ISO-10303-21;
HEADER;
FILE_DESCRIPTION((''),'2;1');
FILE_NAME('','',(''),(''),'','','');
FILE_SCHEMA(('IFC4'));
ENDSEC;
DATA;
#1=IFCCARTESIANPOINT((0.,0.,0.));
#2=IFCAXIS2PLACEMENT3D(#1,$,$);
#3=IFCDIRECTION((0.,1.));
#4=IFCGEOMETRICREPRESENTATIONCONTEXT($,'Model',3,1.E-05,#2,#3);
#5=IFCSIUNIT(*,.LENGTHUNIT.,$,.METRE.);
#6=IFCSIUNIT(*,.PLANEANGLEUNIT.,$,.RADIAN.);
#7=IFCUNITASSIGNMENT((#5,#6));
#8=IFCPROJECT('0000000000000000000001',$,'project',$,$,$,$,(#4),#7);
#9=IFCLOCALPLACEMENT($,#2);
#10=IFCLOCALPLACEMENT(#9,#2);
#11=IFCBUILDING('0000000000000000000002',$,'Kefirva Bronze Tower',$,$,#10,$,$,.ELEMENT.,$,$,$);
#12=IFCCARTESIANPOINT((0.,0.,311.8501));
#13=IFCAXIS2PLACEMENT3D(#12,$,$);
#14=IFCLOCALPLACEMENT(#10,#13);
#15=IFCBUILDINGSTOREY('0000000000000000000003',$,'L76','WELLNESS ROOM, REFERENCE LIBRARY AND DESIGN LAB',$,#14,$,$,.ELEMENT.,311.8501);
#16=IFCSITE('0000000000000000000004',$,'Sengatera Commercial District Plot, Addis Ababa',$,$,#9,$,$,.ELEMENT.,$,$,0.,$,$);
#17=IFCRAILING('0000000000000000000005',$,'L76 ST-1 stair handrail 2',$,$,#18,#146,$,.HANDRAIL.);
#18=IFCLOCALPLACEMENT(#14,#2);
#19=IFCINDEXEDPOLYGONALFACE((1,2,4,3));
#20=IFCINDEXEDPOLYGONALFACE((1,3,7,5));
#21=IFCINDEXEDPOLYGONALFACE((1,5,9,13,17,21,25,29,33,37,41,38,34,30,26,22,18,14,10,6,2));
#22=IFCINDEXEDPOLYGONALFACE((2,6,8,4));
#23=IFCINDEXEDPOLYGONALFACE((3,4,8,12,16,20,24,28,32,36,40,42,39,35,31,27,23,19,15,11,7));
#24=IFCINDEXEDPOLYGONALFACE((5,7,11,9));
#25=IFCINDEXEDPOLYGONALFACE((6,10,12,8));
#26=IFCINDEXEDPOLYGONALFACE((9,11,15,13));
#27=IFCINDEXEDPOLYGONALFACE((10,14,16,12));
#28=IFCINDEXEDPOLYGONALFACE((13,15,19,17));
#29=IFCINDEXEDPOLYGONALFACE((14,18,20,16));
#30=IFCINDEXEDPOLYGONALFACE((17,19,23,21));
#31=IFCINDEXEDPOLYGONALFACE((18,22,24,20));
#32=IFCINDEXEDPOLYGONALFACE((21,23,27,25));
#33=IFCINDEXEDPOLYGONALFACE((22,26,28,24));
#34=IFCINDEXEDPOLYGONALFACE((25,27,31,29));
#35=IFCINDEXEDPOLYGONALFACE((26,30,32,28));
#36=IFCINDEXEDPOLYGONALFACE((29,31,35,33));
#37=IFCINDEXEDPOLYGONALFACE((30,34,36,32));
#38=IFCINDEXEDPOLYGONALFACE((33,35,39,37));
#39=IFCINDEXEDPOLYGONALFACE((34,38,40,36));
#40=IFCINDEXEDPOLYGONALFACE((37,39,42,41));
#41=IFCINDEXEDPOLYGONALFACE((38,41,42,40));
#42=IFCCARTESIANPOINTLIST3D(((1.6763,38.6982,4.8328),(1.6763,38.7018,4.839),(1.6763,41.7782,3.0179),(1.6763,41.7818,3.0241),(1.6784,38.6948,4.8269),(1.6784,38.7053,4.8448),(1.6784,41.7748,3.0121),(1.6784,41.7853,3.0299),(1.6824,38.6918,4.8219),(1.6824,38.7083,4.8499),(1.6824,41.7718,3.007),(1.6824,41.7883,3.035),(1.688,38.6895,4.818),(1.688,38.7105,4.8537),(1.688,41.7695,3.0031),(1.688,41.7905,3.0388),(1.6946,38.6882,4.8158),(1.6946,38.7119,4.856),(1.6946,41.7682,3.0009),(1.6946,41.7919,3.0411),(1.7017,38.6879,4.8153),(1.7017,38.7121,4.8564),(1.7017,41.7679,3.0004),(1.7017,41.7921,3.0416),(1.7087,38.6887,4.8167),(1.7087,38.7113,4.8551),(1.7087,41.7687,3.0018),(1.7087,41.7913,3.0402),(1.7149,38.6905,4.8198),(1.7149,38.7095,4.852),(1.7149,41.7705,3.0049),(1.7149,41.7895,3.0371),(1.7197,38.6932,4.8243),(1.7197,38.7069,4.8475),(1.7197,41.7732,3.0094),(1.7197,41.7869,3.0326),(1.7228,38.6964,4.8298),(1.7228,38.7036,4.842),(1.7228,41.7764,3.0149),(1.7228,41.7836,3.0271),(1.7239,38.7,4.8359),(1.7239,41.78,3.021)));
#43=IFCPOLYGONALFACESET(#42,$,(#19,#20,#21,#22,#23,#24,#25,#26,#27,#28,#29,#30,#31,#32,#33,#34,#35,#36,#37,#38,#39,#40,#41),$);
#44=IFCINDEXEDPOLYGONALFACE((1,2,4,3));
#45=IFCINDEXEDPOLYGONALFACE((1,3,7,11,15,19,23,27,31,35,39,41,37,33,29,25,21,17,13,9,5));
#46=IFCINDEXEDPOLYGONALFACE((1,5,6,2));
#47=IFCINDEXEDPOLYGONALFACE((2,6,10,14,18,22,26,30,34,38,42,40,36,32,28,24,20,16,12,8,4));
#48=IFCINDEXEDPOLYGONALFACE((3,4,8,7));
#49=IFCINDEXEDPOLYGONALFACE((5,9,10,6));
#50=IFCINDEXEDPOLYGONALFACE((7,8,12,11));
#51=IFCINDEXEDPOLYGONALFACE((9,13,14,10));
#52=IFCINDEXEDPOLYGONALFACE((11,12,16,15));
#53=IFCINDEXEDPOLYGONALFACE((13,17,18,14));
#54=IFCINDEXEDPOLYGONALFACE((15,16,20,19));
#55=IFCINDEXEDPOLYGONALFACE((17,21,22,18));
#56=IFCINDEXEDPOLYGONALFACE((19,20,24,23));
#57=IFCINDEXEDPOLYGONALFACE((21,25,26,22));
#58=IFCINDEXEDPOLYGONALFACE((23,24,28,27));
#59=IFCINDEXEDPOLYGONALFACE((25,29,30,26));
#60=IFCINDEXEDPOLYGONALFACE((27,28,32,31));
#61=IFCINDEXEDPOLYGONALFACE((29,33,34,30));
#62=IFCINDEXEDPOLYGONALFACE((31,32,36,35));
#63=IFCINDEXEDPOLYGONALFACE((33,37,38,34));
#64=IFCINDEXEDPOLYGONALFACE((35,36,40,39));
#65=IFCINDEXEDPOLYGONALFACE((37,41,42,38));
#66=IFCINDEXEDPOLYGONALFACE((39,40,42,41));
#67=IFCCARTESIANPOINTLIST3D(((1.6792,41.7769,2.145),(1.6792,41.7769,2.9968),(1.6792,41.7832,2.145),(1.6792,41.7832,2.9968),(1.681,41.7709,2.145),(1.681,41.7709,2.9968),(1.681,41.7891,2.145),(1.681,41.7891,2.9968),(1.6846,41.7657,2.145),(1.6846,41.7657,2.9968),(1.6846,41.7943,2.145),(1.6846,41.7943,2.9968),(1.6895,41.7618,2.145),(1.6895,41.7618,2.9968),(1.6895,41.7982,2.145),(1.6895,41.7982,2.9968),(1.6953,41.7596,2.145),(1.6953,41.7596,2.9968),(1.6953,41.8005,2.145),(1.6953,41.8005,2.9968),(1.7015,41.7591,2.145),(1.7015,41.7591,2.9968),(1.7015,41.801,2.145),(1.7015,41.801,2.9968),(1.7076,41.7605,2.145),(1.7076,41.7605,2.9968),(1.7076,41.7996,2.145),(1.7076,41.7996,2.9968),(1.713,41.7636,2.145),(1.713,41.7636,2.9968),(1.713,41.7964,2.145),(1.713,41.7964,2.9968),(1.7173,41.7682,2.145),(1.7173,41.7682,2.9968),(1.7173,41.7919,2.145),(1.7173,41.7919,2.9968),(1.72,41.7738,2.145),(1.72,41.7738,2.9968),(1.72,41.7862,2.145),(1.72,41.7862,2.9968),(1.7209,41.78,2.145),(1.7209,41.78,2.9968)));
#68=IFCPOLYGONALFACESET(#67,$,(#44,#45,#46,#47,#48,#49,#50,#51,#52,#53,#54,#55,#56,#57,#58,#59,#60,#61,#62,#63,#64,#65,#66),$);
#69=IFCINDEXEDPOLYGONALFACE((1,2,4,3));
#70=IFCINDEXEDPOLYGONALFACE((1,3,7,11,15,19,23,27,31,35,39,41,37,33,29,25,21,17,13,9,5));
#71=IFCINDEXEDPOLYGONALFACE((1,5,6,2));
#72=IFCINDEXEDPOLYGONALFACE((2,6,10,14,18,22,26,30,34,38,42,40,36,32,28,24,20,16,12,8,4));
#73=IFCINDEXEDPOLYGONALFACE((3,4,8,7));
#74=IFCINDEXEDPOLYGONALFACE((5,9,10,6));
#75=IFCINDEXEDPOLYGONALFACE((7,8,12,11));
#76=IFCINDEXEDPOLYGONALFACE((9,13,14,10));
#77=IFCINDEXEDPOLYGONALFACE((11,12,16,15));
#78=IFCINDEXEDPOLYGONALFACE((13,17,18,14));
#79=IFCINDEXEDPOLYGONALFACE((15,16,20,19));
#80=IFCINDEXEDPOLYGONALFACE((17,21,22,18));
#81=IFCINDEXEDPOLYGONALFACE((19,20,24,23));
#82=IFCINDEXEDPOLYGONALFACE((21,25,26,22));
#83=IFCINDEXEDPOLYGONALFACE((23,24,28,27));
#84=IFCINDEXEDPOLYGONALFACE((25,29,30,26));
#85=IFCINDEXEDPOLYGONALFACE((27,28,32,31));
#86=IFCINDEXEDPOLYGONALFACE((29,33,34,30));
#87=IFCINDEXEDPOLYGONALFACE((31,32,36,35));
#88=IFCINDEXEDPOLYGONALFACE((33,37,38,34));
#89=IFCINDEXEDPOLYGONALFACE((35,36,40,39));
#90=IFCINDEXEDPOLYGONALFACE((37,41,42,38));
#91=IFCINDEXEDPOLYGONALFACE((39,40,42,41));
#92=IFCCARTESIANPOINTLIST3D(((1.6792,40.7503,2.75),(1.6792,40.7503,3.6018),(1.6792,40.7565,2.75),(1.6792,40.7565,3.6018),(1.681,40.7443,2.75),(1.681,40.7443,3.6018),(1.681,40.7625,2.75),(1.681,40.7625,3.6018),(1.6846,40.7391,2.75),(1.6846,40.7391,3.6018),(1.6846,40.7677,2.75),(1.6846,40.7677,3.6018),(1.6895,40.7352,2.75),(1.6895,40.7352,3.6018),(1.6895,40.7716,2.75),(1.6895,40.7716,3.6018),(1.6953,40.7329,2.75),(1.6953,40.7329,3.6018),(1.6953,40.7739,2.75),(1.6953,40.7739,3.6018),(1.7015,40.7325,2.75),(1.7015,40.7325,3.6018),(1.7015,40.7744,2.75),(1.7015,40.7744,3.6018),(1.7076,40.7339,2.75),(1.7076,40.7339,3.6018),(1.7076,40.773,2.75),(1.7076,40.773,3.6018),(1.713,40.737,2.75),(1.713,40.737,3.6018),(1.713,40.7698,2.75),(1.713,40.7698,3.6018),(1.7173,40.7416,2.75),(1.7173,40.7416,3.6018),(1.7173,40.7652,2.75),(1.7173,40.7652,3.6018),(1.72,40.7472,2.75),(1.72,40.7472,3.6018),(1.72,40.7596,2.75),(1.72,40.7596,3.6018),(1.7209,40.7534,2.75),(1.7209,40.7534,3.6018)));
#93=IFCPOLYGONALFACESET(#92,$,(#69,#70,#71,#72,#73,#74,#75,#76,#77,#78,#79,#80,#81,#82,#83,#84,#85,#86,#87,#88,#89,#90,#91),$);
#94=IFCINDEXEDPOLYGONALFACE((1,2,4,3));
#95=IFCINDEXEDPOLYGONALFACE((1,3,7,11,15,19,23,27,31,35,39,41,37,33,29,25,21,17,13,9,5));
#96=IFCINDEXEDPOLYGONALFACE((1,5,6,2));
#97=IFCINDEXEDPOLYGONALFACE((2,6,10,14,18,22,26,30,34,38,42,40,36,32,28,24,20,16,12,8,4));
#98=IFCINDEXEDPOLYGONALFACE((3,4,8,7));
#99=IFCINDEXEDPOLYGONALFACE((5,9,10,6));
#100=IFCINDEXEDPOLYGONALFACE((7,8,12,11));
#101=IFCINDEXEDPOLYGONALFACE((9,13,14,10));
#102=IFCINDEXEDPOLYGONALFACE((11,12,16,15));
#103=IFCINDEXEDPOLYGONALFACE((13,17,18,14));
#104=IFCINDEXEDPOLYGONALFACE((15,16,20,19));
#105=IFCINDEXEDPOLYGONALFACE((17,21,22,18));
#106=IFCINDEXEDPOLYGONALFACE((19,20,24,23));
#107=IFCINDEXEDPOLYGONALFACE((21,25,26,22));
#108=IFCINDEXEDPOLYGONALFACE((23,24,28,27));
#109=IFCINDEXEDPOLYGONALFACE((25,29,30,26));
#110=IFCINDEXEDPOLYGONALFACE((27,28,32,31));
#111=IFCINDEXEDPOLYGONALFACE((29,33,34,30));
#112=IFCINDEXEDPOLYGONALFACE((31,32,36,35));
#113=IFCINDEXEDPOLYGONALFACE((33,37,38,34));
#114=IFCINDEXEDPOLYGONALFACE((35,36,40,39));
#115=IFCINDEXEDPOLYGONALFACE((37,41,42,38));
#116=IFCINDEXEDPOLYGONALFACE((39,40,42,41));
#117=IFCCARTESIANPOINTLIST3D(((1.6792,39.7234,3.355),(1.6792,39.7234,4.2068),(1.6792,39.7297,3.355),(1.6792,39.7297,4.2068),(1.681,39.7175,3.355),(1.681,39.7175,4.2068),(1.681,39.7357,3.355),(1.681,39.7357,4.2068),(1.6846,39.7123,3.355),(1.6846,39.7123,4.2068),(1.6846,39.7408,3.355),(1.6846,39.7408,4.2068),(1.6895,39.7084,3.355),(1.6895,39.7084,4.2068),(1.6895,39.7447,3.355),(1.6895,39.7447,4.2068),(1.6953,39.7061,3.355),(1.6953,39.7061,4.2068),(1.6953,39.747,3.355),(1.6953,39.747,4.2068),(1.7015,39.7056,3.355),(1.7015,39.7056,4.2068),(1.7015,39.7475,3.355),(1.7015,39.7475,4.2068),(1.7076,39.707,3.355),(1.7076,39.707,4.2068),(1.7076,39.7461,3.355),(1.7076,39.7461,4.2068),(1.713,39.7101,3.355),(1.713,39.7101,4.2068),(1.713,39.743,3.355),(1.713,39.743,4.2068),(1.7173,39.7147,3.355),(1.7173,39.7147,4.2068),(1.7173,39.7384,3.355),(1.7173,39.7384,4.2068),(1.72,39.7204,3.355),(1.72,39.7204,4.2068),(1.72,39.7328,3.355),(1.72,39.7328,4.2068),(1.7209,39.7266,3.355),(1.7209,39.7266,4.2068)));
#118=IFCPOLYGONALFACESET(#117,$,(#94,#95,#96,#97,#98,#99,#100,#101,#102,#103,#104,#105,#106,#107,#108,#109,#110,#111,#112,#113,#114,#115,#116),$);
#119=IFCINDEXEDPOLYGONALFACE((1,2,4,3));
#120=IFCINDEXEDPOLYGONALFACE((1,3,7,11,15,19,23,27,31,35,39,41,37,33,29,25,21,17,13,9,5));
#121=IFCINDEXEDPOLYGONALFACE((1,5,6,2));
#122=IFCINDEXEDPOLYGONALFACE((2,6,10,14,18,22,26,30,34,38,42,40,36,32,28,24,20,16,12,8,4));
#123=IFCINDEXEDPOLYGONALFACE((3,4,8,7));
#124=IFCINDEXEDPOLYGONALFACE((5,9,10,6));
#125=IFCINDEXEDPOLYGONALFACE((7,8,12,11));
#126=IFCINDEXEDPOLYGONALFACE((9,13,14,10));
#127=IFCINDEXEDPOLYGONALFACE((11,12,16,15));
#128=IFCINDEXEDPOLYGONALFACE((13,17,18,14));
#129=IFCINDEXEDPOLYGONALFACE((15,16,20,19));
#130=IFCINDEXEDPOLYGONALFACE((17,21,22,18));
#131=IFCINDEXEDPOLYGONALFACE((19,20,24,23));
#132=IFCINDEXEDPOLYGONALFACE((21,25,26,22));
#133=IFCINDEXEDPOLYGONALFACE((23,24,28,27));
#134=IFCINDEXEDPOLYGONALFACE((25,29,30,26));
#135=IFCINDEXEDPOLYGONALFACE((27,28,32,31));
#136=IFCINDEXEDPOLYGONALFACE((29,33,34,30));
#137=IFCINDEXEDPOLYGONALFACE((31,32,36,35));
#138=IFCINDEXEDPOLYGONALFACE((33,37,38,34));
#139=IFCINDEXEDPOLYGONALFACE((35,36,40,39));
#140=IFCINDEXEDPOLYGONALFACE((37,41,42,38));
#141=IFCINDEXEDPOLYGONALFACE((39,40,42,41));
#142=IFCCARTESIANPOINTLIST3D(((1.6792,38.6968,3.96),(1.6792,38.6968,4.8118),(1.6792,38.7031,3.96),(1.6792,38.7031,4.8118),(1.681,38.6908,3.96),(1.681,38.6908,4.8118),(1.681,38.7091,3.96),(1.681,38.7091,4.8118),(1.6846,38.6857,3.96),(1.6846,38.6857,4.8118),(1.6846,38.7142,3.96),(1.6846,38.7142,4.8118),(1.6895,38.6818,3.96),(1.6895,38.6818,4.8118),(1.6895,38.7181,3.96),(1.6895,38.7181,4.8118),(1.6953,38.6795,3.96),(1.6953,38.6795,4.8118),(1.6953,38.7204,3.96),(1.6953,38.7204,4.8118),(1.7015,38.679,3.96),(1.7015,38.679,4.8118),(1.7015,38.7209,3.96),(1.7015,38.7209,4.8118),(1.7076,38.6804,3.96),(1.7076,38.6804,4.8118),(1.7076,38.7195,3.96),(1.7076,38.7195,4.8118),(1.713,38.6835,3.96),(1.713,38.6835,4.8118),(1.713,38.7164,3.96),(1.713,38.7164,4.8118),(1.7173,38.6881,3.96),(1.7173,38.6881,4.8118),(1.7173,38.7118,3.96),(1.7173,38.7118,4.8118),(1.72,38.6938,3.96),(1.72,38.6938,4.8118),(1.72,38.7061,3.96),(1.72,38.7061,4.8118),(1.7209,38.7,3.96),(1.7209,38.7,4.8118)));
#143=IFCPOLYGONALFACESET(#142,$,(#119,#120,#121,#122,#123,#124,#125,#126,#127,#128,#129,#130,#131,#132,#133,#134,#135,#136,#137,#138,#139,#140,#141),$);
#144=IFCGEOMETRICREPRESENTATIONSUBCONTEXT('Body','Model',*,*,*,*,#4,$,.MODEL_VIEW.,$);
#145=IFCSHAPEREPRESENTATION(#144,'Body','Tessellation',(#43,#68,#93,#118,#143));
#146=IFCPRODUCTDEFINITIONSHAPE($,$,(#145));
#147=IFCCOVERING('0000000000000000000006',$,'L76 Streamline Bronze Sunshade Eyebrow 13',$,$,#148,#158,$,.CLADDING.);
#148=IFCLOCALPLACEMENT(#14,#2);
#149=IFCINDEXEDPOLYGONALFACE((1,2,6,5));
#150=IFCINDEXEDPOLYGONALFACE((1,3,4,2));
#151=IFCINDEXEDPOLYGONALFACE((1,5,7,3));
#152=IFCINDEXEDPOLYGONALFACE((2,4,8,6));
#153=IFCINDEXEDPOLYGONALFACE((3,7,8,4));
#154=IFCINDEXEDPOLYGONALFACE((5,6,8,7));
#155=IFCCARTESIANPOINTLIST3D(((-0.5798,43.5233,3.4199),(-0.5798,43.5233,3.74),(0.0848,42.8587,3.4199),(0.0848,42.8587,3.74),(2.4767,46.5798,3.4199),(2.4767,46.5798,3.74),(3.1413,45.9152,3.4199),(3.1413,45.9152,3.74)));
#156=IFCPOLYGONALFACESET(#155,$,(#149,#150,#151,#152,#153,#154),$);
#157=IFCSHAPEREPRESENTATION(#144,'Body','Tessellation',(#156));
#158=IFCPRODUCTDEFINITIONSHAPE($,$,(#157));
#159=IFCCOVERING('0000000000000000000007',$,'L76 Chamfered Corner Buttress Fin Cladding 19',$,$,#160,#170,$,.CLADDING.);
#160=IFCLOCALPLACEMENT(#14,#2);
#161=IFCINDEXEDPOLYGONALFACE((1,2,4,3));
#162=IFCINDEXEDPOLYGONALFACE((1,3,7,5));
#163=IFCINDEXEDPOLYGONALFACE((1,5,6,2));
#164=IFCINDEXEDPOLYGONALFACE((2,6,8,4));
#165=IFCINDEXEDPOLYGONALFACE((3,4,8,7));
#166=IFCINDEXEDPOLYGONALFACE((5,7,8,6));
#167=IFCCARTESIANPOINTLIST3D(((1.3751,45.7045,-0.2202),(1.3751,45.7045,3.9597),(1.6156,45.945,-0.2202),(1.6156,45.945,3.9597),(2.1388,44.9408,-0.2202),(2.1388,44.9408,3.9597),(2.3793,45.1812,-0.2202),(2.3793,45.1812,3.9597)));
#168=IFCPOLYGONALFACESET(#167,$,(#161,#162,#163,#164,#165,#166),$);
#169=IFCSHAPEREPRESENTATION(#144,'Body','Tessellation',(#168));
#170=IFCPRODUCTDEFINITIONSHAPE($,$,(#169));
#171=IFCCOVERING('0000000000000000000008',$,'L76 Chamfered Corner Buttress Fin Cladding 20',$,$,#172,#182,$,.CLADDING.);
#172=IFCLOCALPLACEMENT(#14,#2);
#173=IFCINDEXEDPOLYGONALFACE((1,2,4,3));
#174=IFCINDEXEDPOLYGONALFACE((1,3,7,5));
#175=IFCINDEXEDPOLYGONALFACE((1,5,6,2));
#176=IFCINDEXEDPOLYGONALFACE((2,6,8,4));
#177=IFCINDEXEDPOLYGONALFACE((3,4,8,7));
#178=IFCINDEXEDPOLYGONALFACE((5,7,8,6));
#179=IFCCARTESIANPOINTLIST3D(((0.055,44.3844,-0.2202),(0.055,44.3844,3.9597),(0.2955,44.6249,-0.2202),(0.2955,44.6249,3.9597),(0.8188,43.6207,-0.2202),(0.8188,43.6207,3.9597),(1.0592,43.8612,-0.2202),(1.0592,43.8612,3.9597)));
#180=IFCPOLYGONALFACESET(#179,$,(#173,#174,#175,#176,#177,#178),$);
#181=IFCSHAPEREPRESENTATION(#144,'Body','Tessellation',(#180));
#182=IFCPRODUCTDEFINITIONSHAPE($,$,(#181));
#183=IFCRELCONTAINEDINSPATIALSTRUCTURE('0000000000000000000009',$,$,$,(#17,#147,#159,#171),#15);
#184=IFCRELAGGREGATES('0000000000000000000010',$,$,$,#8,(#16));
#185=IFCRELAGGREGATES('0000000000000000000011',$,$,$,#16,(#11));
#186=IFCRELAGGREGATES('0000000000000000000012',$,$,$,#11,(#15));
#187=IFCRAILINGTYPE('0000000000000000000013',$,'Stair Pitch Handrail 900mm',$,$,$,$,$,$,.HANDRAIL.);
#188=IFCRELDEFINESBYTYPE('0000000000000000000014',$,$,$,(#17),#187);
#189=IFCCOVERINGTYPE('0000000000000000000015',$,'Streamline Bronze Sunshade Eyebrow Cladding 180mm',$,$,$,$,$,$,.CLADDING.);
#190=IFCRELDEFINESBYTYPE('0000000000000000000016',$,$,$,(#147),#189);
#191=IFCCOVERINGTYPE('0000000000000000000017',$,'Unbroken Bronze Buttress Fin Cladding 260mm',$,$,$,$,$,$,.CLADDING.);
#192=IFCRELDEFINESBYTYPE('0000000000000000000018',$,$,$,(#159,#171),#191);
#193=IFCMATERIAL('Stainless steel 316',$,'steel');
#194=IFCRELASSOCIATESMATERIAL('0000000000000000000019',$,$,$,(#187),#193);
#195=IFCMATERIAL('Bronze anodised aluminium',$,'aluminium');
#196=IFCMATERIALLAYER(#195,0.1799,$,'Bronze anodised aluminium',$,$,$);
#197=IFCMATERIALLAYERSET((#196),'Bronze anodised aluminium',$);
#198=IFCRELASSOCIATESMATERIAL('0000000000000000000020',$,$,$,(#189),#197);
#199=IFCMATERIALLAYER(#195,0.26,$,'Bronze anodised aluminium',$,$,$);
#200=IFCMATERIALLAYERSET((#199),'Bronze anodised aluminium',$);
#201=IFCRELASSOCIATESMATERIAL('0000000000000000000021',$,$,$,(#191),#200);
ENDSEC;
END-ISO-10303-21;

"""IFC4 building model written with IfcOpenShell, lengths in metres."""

from ifc_helpers import new_model, si_unit, direction, frame, origin, origin_2d, place, context, subcontext, project, spatial, rectangle, circle, extrude, material, layer, layer_set, type_object, element, save


model = new_model("IFC4")

# Units and contexts
model_context = context("Model", 3, precision=1e-05, world=origin(), true_north=direction((0.0, 1.0)))
body_context = subcontext(model_context, "Body", "Model", "MODEL_VIEW")
ifc_project = project(units=[si_unit("LENGTHUNIT", "METRE"), si_unit("PLANEANGLEUNIT", "RADIAN")], contexts=[model_context])

# Site, building, storey
site_placement = place(None, origin())
site = spatial("IfcSite", under=ifc_project, at=site_placement, Name="Sengatera Commercial District Plot, Addis Ababa", CompositionType="ELEMENT", RefElevation=0.0)
building_placement = place(site_placement, origin())
building = spatial("IfcBuilding", under=site, at=building_placement, Name="Kefirva Bronze Tower", CompositionType="ELEMENT")
storey_placement = place(building_placement, frame((0.0, 0.0, 311.8501)))
storey = spatial("IfcBuildingStorey", under=building, at=storey_placement, Name="L76", Description="WELLNESS ROOM, REFERENCE LIBRARY AND DESIGN LAB", CompositionType="ELEMENT", Elevation=311.8501)

# Shared definitions
ifc_material_1 = material(Name="Bronze anodised aluminium", Category="aluminium")

# Railing
ifc_material_2 = material(Name="Stainless steel 316", Category="steel")
railing_type_1 = type_object("IfcRailingType", Name="Stair Pitch Handrail 900mm", PredefinedType="HANDRAIL", material=ifc_material_2)
railing_1_placement = place(storey_placement, frame((1.7, 41.78, 2.145)))
element("IfcRailing", 1, at=railing_1_placement, inside=storey, type_object=railing_type_1, Name="L76 ST-1 stair handrail 2", PredefinedType="HANDRAIL", context=body_context, shape_type="SweptSolid", body=[
    extrude(circle(Radius=0.0239, at=origin_2d()), frame((0.0, 0.0, 0.876), z_axis=(0.0, -0.861551, 0.507671), x_axis=(1.0, 0.0, 0.0)), (0.0, 0.0, 1.0), 3.575),
    extrude(circle(Radius=0.021, at=origin_2d()), origin(), (0.0, 0.0, 1.0), 0.8518),
    extrude(circle(Radius=0.021, at=origin_2d()), frame((0.0, -1.0266, 0.605)), (0.0, 0.0, 1.0), 0.8518),
    extrude(circle(Radius=0.021, at=origin_2d()), frame((0.0, -2.0535, 1.21)), (0.0, 0.0, 1.0), 0.8518),
    extrude(circle(Radius=0.021, at=origin_2d()), frame((0.0, -3.0801, 1.8149)), (0.0, 0.0, 1.0), 0.8518),
])

# Coverings
ifc_layer_1 = layer(ifc_material_1, 0.1799, Name="Bronze anodised aluminium")
ifc_layer_set_1 = layer_set([ifc_layer_1], Name="Bronze anodised aluminium")
covering_type_1 = type_object("IfcCoveringType", Name="Streamline Bronze Sunshade Eyebrow Cladding 180mm", PredefinedType="CLADDING", material=ifc_layer_set_1)
covering_1_placement = place(storey_placement, frame((1.2808, 44.7192, 3.4199), z_axis=(0.0, 0.0, 1.0), x_axis=(-0.707107, -0.707107, 0.0)))
element("IfcCovering", 2, at=covering_1_placement, inside=storey, type_object=covering_type_1, Name="L76 Streamline Bronze Sunshade Eyebrow 13", PredefinedType="CLADDING", context=body_context, shape_type="SweptSolid", body=[
    extrude(rectangle(XDim=4.3225, YDim=0.9399, at=origin_2d()), origin(), (0.0, 0.0, 1.0), 0.3201),
])
ifc_layer_2 = layer(ifc_material_1, 0.26, Name="Bronze anodised aluminium")
ifc_layer_set_2 = layer_set([ifc_layer_2], Name="Bronze anodised aluminium")
covering_type_2 = type_object("IfcCoveringType", Name="Unbroken Bronze Buttress Fin Cladding 260mm", PredefinedType="CLADDING", material=ifc_layer_set_2)
for number, where, z_axis, x_axis, name in (
    (3, (1.8772, 45.4429, -0.2202), (0.0, 0.0, 1.0), (-0.707107, -0.707107, 0.0), "L76 Chamfered Corner Buttress Fin Cladding 19"),
    (4, (0.5571, 44.1228, -0.2202), (0.0, 0.0, 1.0), (-0.707107, -0.707107, 0.0), "L76 Chamfered Corner Buttress Fin Cladding 20"),
):
    element("IfcCovering", number, at=place(storey_placement, frame(where, z_axis=z_axis, x_axis=x_axis)), inside=storey, type_object=covering_type_2, Name=name, PredefinedType="CLADDING", context=body_context, shape_type="SweptSolid", body=[
        extrude(rectangle(XDim=0.3401, YDim=1.0801, at=origin_2d()), origin(), (0.0, 0.0, 1.0), 4.1799),
    ])

save(model, "model.ifc")
